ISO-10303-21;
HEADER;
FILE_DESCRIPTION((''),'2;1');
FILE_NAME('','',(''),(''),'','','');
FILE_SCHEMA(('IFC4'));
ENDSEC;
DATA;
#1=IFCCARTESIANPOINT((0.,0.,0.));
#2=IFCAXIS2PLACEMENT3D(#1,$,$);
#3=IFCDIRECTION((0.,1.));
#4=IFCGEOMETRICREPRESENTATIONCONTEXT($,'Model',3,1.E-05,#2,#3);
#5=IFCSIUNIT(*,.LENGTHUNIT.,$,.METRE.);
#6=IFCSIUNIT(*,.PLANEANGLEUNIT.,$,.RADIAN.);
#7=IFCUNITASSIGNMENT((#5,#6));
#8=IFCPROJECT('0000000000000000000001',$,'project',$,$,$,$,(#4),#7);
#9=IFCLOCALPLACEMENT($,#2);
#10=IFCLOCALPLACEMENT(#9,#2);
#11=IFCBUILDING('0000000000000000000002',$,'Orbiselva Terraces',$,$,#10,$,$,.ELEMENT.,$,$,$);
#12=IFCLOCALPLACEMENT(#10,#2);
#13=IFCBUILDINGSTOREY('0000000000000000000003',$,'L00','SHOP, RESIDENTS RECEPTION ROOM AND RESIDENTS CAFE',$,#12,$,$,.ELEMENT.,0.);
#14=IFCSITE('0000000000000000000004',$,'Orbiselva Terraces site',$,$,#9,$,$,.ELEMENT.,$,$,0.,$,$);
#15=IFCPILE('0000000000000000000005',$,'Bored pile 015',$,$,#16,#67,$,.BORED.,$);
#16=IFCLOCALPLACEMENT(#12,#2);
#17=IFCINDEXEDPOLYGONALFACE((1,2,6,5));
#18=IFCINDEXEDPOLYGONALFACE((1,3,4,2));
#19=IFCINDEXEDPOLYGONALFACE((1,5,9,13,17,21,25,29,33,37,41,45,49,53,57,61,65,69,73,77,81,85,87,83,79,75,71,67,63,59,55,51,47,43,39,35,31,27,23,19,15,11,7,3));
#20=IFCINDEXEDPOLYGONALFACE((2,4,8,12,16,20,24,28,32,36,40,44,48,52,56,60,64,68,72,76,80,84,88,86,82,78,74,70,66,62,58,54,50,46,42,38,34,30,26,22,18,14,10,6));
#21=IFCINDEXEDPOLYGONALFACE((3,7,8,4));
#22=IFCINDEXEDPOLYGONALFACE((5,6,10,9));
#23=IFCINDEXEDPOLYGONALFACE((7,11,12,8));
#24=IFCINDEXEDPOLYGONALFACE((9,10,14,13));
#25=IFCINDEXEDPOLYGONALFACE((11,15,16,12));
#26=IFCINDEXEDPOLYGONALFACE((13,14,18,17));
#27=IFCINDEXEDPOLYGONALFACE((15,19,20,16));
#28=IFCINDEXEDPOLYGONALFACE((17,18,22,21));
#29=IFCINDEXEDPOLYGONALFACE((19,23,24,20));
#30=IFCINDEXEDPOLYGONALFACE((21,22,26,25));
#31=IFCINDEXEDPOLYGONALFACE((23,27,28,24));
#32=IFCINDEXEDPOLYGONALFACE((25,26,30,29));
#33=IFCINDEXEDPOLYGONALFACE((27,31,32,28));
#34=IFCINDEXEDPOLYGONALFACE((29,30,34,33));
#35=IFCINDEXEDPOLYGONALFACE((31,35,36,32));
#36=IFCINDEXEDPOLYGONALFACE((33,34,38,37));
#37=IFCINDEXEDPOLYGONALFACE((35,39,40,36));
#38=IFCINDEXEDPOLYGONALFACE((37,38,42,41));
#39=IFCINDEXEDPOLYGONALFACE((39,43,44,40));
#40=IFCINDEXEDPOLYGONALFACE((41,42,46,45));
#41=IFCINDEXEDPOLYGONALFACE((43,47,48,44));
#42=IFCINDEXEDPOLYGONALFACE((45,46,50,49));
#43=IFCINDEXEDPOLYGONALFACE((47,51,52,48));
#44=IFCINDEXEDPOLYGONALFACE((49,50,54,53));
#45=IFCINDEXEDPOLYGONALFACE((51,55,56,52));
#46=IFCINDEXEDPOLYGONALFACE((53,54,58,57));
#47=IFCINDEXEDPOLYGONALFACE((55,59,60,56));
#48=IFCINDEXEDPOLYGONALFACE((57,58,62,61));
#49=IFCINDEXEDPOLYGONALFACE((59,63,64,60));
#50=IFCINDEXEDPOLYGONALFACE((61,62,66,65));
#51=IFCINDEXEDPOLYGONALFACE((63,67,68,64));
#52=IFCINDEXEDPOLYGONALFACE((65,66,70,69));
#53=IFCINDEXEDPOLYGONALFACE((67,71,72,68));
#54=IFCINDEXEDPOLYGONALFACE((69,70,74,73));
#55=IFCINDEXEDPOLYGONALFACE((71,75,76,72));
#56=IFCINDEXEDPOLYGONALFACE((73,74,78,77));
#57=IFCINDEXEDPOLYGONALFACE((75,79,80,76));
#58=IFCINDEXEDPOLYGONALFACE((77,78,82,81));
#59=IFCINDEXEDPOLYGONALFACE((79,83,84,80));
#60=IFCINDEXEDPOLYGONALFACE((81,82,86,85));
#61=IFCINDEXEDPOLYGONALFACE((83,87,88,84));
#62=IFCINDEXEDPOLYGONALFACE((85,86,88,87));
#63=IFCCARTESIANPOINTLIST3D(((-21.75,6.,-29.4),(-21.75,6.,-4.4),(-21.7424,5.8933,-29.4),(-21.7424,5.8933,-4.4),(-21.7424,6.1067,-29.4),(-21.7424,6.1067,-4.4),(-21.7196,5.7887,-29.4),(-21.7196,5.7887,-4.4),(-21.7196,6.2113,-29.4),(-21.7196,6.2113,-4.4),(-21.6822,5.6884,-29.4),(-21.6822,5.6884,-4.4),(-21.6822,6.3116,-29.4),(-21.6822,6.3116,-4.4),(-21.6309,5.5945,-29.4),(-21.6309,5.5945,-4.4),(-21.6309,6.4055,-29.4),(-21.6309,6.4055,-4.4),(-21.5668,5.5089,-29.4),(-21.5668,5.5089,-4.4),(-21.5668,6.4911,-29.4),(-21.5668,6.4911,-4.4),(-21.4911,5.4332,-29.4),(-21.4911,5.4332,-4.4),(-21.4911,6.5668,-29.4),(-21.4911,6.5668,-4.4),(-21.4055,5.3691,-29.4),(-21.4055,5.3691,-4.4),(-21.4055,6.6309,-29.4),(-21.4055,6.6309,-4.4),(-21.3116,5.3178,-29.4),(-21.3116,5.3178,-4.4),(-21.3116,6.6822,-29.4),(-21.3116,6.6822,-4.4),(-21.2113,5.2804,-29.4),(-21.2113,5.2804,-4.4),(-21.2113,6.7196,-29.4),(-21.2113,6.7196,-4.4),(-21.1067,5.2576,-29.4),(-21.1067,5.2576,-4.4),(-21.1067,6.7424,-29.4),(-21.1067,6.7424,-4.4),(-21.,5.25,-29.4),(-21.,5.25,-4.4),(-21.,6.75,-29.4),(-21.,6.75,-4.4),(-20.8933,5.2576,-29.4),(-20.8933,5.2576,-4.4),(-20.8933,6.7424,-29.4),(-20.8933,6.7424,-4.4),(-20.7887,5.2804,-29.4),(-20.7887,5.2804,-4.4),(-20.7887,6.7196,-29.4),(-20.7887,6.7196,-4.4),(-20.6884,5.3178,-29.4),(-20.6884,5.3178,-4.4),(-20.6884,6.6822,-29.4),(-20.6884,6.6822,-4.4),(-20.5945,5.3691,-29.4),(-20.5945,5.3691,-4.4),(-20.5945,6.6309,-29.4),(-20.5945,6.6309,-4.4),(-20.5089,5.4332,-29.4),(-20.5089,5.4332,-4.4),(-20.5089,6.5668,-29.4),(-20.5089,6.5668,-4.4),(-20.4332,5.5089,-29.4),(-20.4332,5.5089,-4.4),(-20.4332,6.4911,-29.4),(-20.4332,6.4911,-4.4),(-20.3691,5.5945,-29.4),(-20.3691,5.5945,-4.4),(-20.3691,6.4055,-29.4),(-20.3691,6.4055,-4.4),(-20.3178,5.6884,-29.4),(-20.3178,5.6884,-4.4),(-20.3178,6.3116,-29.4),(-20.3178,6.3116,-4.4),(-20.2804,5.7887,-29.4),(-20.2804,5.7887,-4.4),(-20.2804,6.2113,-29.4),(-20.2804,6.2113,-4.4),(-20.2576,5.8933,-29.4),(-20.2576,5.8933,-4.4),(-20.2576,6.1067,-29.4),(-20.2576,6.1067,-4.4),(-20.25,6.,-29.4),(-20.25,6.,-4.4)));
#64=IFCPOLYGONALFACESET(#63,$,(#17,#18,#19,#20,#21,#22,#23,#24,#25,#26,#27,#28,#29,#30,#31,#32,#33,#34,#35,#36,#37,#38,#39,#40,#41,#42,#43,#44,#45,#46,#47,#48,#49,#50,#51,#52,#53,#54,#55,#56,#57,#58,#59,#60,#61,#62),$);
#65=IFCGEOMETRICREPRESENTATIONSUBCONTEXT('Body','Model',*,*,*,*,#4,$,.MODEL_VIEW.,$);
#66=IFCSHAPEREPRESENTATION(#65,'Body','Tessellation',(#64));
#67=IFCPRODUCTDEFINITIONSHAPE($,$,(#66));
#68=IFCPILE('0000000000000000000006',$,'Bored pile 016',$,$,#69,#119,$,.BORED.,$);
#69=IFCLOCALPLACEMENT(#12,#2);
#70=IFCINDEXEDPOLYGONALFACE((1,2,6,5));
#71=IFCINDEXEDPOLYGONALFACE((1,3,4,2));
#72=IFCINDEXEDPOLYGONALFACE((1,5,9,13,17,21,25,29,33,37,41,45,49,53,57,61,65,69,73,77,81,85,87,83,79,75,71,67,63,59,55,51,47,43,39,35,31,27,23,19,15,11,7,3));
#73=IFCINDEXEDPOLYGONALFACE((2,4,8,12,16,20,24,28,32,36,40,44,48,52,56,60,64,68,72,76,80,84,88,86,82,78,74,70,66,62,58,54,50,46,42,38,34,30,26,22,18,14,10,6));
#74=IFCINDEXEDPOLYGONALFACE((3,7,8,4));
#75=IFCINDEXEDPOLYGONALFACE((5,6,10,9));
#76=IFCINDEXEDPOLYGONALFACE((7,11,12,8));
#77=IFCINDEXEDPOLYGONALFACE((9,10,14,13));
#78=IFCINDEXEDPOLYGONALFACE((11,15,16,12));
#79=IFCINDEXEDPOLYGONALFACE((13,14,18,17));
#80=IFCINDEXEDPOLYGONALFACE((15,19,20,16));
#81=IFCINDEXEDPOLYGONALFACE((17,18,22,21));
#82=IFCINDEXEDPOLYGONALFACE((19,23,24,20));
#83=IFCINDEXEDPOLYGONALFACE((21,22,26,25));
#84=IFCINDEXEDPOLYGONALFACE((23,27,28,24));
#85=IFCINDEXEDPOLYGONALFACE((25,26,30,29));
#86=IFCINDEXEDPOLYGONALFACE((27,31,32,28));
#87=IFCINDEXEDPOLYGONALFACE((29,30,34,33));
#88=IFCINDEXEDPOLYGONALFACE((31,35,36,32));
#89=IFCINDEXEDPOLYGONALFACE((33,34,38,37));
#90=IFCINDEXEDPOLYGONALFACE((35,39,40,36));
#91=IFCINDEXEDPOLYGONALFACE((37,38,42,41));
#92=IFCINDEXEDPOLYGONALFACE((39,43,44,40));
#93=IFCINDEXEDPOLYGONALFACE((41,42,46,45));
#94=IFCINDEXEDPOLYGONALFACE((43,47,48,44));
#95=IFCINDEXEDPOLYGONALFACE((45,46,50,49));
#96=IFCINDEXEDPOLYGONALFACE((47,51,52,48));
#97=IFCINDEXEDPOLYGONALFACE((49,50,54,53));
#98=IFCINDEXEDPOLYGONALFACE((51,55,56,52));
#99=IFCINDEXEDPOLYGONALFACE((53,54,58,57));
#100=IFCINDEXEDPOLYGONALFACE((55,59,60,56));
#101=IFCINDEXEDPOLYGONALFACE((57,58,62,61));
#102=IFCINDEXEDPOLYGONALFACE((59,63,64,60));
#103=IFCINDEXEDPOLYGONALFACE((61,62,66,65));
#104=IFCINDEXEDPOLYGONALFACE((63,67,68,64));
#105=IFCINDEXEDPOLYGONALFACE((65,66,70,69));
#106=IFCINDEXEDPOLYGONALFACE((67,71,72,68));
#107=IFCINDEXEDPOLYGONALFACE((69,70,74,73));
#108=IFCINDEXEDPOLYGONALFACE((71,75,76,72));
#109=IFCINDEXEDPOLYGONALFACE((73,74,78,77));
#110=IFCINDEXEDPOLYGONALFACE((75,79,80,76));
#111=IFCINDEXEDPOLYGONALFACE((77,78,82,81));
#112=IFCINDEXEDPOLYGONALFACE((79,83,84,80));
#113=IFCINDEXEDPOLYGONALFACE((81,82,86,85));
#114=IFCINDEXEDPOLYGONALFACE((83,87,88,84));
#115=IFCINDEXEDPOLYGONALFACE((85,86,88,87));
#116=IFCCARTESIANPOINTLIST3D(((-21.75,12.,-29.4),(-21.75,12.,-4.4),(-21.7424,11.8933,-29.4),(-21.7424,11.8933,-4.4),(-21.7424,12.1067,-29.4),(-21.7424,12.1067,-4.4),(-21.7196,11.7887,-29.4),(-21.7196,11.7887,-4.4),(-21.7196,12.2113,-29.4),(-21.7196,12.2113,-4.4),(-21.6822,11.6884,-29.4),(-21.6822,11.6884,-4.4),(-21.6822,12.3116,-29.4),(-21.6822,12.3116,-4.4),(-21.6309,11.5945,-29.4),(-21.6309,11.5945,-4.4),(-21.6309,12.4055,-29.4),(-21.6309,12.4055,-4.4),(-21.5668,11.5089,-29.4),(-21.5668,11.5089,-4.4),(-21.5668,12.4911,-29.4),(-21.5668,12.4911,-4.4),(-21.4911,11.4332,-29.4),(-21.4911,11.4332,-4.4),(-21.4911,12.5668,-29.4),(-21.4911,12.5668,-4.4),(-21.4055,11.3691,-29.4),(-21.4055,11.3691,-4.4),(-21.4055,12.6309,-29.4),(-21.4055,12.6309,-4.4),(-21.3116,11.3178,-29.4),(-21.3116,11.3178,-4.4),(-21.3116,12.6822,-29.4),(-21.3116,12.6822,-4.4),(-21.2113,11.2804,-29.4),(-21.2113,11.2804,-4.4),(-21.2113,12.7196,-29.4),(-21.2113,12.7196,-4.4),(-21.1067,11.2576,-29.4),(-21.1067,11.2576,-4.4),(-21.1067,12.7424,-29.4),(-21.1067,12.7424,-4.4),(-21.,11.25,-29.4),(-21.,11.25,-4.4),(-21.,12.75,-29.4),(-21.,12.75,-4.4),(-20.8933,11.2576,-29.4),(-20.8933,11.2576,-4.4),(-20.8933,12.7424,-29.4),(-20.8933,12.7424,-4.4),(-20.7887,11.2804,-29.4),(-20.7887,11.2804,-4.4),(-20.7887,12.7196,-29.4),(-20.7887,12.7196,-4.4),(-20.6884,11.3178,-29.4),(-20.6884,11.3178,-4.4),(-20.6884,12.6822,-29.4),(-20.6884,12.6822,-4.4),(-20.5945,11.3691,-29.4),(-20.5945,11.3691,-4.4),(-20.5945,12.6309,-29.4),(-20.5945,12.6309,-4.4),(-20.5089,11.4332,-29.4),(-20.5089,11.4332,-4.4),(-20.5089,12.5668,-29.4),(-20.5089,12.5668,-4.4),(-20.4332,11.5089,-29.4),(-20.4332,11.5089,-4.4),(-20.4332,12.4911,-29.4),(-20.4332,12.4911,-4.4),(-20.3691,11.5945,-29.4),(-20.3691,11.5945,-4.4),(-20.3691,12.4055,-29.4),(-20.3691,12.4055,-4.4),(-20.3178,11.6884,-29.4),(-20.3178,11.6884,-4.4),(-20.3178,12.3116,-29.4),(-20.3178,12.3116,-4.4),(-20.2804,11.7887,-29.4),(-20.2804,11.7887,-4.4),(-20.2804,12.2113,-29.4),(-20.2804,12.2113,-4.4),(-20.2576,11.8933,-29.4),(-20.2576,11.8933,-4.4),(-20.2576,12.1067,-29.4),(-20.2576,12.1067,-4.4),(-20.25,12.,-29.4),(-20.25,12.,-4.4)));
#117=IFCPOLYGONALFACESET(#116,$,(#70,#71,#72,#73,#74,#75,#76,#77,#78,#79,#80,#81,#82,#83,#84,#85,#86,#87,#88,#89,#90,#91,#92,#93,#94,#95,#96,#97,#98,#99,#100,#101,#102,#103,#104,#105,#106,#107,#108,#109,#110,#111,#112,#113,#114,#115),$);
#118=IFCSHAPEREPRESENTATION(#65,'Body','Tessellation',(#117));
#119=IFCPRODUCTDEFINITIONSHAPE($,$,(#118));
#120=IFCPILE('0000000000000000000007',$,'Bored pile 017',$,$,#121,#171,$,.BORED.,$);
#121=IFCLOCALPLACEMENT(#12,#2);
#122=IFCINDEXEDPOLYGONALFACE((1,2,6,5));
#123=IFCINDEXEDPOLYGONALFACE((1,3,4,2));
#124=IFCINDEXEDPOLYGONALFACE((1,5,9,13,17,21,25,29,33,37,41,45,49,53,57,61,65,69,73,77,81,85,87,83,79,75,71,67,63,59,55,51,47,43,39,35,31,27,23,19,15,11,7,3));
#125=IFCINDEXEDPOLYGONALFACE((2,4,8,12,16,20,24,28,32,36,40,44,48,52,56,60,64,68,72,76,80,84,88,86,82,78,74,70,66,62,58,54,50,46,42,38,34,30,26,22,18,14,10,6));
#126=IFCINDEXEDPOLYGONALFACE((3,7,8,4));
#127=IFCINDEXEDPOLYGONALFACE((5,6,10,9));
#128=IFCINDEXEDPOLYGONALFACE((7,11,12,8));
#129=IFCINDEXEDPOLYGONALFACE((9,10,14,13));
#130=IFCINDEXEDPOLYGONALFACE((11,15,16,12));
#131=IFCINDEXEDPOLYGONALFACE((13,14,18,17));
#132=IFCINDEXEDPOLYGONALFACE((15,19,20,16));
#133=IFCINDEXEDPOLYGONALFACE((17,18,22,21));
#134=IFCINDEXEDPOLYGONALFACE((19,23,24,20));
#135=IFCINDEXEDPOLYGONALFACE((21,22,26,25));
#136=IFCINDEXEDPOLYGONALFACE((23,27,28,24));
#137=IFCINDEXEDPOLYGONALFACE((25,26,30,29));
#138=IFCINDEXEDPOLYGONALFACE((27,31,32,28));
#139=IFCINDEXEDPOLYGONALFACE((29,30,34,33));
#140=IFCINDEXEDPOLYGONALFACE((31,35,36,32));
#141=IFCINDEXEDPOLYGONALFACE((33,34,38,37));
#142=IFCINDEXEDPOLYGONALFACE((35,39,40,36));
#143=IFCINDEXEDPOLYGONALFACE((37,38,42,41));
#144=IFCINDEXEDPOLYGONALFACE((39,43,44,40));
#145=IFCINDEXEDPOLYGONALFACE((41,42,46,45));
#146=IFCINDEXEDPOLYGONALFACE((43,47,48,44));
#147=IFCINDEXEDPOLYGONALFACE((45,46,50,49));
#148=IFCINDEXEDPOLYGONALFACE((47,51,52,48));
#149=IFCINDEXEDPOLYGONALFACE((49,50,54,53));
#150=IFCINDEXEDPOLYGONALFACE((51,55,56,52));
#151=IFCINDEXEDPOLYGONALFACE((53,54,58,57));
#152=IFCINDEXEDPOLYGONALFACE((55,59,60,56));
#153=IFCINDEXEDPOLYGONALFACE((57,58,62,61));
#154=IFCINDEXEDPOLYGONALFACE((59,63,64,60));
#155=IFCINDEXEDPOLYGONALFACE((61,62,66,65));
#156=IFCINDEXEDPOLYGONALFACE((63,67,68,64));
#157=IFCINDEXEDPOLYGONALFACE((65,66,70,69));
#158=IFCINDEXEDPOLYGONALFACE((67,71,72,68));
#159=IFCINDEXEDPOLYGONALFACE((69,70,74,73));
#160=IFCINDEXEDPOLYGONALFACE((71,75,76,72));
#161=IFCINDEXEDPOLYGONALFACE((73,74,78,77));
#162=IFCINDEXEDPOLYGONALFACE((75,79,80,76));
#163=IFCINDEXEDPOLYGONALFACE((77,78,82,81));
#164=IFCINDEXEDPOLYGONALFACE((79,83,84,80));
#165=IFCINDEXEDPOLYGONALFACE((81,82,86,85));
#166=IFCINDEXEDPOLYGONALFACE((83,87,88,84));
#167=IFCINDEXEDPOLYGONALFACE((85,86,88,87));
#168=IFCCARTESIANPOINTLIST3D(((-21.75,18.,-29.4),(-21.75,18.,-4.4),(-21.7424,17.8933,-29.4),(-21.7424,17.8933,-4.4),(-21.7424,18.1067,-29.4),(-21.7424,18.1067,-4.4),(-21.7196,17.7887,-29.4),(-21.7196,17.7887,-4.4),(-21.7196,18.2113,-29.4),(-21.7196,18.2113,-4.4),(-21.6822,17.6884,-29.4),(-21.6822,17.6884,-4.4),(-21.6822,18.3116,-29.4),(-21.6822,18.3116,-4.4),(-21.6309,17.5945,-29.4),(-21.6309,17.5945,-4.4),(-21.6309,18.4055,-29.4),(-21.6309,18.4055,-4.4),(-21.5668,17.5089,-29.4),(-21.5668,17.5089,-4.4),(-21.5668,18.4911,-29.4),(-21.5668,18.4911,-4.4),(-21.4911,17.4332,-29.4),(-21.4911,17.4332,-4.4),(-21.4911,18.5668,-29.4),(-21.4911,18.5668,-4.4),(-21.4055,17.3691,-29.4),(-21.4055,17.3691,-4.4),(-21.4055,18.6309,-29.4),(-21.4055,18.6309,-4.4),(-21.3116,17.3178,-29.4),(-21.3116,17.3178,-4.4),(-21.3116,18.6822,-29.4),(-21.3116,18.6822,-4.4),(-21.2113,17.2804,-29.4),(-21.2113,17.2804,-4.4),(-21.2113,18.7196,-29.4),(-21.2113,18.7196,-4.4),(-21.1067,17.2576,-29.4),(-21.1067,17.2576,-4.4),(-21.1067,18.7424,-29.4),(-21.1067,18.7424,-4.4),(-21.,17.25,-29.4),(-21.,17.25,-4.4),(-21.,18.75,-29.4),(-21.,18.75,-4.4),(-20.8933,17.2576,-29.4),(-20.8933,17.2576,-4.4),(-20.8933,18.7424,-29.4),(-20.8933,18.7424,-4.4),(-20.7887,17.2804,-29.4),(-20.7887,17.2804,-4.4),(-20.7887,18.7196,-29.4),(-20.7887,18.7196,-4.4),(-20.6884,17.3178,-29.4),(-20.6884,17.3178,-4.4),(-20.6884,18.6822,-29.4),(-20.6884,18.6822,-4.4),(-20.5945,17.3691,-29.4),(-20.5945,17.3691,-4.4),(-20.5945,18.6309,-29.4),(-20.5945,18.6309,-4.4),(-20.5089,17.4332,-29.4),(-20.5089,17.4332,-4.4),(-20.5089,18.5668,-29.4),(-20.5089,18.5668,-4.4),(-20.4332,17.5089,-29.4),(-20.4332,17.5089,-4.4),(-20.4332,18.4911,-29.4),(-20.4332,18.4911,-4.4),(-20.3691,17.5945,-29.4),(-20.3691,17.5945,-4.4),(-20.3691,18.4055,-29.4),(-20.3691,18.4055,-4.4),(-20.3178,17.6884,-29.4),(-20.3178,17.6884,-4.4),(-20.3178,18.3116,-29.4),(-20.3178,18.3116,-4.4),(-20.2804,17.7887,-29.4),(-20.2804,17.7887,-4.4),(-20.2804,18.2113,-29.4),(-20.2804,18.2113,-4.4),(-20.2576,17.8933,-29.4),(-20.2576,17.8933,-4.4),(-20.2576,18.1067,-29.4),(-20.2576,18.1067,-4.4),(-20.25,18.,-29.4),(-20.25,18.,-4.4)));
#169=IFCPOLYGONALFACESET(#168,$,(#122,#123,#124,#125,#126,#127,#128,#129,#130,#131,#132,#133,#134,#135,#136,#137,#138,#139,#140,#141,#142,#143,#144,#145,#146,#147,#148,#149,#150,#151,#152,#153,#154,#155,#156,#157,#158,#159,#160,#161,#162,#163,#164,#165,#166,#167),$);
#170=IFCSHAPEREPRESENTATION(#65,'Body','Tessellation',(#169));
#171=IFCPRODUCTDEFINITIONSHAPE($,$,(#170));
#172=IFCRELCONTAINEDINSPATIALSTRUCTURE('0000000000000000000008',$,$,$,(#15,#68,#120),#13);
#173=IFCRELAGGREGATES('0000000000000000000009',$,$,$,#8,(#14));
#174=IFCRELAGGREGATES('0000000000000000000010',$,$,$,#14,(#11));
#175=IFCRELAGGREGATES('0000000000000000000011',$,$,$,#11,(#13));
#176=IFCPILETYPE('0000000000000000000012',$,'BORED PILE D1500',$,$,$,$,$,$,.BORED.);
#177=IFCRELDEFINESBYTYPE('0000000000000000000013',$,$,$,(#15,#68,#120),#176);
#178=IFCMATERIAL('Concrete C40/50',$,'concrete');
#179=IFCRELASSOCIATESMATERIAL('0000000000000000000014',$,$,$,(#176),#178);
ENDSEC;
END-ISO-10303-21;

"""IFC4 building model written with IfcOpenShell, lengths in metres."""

from ifc_helpers import new_model, si_unit, direction, frame, origin, origin_2d, place, context, subcontext, project, spatial, circle, extrude, material, material_profile, profile_set, type_object, element, save


model = new_model("IFC4")

# Units and contexts
model_context = context("Model", 3, precision=1e-05, world=origin(), true_north=direction((0.0, 1.0)))
body_context = subcontext(model_context, "Body", "Model", "MODEL_VIEW")
ifc_project = project(units=[si_unit("LENGTHUNIT", "METRE"), si_unit("PLANEANGLEUNIT", "RADIAN")], contexts=[model_context])

# Site, building, storey
site_placement = place(None, origin())
site = spatial("IfcSite", under=ifc_project, at=site_placement, Name="Orbiselva Terraces site", CompositionType="ELEMENT", RefElevation=0.0)
building_placement = place(site_placement, origin())
building = spatial("IfcBuilding", under=site, at=building_placement, Name="Orbiselva Terraces", CompositionType="ELEMENT")
storey_placement = place(building_placement, origin())
storey = spatial("IfcBuildingStorey", under=building, at=storey_placement, Name="L00", Description="SHOP, RESIDENTS RECEPTION ROOM AND RESIDENTS CAFE", CompositionType="ELEMENT", Elevation=0.0)

# Piles
ifc_material_1 = material(Name="Concrete C40/50", Category="concrete")
ifc_material_profile_1 = material_profile(ifc_material_1, circle(Radius=0.75, at=origin_2d()), Name="D1500")
ifc_profile_set_1 = profile_set([ifc_material_profile_1], Name="Concrete C40/50")
pile_type = type_object("IfcPileType", Name="BORED PILE D1500", PredefinedType="BORED", material=ifc_profile_set_1)
for number, where, z_axis, x_axis, name in (
    (1, (-21.0, 6.0, -4.4), (0.0, 0.0, -1.0), (1.0, 0.0, 0.0), "Bored pile 015"),
    (2, (-21.0, 12.0, -4.4), (0.0, 0.0, -1.0), (1.0, 0.0, 0.0), "Bored pile 016"),
    (3, (-21.0, 18.0, -4.4), (0.0, 0.0, -1.0), (1.0, 0.0, 0.0), "Bored pile 017"),
):
    element("IfcPile", number, at=place(storey_placement, frame(where, z_axis=z_axis, x_axis=x_axis)), inside=storey, type_object=pile_type, Name=name, PredefinedType="BORED", context=body_context, shape_type="SweptSolid", body=[
        extrude(circle(Radius=0.75, at=origin_2d()), origin(), (0.0, 0.0, 1.0), 25.0),
    ])

save(model, "model.ifc")
